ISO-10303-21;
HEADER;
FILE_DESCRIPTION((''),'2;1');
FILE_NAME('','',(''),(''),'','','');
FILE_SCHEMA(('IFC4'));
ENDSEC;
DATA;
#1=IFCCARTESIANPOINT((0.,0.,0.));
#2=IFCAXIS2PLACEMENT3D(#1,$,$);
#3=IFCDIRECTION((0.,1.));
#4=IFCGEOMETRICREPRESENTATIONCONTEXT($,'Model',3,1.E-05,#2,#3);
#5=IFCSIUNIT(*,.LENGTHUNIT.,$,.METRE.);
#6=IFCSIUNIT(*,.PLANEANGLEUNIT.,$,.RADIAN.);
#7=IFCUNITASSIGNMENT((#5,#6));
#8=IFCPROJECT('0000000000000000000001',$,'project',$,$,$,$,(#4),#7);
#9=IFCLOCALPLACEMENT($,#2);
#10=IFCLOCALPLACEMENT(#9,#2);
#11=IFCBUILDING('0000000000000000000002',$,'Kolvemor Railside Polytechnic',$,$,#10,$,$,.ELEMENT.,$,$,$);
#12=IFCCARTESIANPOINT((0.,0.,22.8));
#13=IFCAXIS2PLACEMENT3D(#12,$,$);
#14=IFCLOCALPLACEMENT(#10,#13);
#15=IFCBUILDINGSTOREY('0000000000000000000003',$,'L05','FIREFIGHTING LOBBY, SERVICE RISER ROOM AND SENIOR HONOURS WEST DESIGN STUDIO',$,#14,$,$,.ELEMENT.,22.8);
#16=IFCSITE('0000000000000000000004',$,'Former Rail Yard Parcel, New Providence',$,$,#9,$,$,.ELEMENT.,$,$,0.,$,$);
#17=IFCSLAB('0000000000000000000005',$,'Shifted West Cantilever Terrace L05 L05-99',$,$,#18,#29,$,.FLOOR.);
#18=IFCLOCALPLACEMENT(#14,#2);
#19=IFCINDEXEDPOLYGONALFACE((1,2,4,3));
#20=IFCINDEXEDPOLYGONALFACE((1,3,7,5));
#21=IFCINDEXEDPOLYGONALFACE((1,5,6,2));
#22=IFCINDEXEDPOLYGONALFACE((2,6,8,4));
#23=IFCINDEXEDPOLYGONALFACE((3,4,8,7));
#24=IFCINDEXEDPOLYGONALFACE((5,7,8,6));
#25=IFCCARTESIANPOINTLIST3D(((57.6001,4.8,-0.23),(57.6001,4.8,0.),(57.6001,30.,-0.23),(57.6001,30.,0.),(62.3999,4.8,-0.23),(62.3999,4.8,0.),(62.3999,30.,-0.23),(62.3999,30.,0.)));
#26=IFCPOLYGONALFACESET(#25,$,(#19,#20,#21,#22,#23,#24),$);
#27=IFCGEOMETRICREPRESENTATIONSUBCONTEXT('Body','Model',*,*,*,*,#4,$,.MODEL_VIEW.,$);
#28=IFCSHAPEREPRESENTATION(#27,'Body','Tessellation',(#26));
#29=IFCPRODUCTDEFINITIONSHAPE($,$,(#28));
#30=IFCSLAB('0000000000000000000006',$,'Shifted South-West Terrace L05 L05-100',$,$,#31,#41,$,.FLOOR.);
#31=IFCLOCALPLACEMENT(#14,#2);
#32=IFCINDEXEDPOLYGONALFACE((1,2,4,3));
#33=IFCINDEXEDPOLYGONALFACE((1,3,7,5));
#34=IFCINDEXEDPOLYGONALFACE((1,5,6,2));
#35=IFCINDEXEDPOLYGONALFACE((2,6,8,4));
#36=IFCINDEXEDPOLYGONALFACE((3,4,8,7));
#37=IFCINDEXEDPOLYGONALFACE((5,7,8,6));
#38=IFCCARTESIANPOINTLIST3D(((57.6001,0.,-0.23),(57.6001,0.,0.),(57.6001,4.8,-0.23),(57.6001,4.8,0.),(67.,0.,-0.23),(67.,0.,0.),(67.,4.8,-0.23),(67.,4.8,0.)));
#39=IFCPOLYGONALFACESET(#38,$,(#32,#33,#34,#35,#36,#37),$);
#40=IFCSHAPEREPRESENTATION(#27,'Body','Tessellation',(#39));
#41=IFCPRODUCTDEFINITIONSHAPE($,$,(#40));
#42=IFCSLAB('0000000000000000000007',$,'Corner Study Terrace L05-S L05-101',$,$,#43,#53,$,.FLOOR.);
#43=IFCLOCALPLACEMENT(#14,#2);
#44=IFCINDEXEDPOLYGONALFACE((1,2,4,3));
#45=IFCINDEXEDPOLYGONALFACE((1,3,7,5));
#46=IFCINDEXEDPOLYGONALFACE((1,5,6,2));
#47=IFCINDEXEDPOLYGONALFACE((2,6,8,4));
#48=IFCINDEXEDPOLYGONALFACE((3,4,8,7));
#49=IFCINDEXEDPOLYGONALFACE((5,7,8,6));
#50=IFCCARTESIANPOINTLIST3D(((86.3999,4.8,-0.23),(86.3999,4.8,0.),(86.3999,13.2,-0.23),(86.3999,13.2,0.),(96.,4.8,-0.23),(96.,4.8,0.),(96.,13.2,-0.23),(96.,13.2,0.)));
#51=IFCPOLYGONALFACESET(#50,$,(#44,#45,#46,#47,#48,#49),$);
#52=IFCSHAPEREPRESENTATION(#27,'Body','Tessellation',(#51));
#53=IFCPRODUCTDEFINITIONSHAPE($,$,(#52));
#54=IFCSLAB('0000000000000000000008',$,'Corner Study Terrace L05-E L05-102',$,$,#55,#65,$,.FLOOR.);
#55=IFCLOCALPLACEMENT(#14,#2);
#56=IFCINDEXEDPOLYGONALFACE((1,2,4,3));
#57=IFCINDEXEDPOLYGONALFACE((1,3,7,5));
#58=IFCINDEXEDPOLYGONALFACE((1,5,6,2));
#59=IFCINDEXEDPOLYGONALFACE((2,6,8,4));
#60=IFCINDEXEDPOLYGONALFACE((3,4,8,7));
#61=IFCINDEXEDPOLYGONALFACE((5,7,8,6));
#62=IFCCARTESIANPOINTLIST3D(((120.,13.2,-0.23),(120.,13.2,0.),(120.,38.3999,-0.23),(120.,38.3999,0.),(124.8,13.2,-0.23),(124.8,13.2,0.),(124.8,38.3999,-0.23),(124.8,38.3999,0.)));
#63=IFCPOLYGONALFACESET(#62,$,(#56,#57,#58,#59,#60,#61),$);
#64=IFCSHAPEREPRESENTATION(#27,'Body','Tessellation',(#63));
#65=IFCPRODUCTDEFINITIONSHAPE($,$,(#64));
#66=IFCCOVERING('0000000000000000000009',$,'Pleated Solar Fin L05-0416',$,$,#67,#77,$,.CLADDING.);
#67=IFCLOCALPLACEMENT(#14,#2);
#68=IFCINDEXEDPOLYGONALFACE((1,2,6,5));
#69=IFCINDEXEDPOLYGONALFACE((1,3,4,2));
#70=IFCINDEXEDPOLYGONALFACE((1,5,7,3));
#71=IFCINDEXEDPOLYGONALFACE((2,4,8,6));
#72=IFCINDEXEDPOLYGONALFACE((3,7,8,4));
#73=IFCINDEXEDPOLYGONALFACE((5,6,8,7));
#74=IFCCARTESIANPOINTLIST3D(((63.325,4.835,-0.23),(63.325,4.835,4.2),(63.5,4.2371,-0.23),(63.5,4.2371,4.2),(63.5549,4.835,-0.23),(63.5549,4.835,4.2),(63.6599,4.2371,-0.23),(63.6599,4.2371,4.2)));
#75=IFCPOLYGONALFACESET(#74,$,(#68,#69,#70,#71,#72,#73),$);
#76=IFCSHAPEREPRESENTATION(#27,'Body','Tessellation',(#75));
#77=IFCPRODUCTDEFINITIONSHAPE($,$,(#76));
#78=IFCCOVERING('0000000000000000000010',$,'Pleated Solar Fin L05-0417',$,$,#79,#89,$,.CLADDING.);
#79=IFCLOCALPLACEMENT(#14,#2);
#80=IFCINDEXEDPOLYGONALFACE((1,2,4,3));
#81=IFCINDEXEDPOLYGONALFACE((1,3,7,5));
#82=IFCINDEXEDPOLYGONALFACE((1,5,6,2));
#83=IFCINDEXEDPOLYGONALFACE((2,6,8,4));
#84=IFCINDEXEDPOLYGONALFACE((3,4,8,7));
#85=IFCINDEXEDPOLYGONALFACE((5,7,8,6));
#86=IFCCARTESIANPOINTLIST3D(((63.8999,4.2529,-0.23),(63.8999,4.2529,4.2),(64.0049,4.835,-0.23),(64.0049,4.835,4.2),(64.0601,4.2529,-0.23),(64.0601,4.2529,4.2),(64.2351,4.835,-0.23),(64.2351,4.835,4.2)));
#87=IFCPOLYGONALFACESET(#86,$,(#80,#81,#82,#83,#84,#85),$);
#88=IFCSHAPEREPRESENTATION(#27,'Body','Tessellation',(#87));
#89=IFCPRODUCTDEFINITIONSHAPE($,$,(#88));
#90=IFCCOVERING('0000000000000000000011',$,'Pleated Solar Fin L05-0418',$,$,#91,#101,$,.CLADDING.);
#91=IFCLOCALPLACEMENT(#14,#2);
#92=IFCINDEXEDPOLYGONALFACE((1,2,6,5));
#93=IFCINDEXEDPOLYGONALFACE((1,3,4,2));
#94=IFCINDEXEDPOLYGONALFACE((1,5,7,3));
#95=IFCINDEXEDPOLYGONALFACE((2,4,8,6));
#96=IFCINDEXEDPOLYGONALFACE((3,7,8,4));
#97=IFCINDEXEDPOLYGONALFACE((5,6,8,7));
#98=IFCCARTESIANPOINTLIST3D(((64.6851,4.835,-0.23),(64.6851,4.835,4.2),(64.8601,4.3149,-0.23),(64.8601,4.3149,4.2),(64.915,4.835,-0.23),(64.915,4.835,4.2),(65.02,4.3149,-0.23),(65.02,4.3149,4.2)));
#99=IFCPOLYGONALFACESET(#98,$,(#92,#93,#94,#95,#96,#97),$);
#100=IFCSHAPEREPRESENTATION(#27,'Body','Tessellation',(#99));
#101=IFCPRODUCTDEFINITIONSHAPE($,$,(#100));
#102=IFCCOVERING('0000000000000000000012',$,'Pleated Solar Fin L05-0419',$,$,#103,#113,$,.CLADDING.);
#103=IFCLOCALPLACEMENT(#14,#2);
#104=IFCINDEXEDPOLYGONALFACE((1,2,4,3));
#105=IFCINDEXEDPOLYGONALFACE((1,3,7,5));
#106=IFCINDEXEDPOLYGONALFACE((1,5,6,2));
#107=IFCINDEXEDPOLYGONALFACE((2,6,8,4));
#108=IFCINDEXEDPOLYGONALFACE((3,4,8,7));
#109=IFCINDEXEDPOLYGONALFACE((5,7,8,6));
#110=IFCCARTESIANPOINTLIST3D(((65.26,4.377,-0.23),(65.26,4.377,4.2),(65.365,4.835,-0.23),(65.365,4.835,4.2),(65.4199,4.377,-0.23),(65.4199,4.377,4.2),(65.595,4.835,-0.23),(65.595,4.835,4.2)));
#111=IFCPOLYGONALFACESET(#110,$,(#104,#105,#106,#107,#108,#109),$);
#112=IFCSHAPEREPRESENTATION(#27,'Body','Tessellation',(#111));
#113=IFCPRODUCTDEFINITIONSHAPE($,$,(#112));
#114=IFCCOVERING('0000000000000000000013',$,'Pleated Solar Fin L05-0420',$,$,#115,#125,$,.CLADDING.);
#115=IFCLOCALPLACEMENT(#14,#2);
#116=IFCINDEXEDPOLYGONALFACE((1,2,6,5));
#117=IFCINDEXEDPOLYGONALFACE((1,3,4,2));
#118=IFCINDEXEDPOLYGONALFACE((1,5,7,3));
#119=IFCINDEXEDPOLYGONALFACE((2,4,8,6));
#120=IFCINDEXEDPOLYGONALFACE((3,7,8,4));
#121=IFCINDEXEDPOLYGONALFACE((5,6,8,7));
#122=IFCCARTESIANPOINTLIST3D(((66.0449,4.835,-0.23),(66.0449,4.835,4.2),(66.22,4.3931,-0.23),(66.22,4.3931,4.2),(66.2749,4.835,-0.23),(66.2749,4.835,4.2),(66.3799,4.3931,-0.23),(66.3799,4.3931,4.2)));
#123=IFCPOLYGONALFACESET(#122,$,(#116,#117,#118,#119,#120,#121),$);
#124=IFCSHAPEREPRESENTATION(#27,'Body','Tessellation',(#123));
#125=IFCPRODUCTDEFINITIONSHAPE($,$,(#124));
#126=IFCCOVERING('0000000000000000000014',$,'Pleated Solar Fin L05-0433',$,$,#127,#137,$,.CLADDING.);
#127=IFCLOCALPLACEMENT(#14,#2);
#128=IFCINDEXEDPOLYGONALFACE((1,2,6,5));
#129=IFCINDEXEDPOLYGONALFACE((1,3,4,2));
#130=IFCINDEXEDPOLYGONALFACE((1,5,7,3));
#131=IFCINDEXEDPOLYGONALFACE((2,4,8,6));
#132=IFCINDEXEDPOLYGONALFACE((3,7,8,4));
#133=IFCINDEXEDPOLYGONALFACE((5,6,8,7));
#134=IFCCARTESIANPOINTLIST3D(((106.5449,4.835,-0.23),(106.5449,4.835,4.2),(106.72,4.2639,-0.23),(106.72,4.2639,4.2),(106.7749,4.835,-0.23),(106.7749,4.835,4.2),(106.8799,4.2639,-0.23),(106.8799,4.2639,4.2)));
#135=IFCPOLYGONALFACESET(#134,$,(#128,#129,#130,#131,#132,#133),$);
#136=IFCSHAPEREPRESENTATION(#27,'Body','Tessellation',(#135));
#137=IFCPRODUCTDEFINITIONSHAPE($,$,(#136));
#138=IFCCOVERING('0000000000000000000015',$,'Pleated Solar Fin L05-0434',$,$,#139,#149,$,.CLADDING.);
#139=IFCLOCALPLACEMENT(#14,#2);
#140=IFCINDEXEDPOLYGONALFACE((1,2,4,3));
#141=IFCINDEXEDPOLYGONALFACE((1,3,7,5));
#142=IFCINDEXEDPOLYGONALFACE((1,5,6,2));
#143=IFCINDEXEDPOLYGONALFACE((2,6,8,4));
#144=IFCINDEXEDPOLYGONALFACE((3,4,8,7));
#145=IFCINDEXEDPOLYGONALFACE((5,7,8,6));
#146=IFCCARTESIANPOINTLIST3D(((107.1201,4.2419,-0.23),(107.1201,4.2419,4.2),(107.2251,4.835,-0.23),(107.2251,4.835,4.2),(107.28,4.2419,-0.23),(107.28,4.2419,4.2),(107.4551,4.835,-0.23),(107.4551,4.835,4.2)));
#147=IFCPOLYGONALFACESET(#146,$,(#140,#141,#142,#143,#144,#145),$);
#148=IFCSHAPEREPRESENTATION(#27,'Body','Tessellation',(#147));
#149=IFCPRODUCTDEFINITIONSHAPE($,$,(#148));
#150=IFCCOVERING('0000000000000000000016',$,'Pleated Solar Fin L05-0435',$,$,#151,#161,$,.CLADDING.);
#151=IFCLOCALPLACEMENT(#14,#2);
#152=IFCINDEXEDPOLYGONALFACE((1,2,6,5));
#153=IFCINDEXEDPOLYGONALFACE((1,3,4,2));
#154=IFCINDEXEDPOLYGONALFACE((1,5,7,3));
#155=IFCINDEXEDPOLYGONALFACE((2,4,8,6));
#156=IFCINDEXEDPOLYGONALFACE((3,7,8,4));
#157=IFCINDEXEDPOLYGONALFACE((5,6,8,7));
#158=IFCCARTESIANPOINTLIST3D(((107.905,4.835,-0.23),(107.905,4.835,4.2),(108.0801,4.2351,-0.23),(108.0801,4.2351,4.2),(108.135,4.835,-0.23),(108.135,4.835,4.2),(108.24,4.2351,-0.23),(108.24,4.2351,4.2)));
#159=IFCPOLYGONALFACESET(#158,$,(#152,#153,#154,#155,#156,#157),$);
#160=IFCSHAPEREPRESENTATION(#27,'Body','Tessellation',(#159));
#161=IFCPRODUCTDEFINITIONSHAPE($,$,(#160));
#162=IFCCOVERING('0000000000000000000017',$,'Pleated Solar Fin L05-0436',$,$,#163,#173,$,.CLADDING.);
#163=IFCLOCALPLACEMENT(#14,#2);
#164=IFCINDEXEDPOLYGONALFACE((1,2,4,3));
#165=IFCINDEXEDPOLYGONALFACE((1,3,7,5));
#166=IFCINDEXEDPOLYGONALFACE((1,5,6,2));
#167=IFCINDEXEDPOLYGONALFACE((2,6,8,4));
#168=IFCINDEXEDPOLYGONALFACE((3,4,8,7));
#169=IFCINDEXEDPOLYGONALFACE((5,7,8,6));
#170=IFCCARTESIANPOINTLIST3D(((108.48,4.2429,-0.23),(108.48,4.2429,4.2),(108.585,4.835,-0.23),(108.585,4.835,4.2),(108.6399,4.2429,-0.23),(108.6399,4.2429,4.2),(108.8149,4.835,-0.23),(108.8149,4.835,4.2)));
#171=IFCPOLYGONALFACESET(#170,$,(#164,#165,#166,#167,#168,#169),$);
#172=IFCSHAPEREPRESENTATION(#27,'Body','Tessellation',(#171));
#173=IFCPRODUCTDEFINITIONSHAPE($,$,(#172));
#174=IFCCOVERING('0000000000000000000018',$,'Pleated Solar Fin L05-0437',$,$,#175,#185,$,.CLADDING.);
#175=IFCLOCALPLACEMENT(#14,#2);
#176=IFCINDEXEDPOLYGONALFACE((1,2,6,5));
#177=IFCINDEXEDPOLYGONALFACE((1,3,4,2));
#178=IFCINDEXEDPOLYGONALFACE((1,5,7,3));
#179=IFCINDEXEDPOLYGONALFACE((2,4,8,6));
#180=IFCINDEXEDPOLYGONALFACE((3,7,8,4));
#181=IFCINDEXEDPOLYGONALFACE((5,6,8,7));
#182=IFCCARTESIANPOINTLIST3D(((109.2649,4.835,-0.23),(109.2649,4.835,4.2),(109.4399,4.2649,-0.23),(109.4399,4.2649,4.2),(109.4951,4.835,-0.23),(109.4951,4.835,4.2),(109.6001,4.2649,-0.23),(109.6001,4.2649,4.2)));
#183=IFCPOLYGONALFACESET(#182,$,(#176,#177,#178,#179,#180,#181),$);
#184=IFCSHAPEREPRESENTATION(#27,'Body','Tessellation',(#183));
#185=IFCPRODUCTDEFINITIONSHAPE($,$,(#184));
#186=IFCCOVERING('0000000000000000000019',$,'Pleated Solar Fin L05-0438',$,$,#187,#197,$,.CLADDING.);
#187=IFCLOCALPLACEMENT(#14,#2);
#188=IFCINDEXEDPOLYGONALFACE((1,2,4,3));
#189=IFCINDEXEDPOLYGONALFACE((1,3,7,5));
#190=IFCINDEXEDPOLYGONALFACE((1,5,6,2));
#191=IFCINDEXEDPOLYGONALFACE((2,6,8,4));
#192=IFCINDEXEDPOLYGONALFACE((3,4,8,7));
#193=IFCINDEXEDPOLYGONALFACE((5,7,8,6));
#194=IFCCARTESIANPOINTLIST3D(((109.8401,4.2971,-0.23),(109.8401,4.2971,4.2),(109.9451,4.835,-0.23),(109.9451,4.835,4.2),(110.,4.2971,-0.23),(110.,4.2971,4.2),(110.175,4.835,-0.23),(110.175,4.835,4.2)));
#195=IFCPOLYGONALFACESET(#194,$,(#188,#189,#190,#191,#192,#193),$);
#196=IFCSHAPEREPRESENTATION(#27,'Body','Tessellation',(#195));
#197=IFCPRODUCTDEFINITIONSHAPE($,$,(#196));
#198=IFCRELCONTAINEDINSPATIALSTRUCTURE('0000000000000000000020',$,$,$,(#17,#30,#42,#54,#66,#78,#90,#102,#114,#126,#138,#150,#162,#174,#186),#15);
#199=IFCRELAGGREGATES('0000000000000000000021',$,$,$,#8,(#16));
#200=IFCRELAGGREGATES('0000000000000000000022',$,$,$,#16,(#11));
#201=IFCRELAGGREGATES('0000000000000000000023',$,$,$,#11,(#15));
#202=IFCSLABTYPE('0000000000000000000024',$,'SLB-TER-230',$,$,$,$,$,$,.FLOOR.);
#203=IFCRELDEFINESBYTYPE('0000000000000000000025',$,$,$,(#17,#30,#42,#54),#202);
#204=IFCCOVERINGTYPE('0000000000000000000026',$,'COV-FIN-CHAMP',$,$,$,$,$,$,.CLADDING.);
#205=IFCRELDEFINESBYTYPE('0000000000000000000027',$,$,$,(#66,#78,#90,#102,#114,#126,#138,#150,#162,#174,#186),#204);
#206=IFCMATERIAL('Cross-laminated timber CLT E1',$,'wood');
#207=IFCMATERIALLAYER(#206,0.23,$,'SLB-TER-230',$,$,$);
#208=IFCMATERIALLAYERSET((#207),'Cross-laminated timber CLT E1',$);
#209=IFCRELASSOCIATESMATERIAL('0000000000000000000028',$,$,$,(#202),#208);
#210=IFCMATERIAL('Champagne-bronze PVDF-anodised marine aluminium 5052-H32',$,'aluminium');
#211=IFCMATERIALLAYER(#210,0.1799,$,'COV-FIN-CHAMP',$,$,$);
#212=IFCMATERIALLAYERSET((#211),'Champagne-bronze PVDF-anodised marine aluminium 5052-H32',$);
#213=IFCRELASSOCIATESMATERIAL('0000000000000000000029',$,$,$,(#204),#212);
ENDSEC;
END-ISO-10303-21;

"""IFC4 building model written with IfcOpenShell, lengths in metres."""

from ifc_helpers import new_model, si_unit, direction, frame, origin, place, context, subcontext, project, spatial, polyline, outline, extrude, material, layer, layer_set, type_object, element, save


model = new_model("IFC4")

# Units and contexts
model_context = context("Model", 3, precision=1e-05, world=origin(), true_north=direction((0.0, 1.0)))
body_context = subcontext(model_context, "Body", "Model", "MODEL_VIEW")
ifc_project = project(units=[si_unit("LENGTHUNIT", "METRE"), si_unit("PLANEANGLEUNIT", "RADIAN")], contexts=[model_context])

# Site, building, storey
site_placement = place(None, origin())
site = spatial("IfcSite", under=ifc_project, at=site_placement, Name="Former Rail Yard Parcel, New Providence", CompositionType="ELEMENT", RefElevation=0.0)
building_placement = place(site_placement, origin())
building = spatial("IfcBuilding", under=site, at=building_placement, Name="Kolvemor Railside Polytechnic", CompositionType="ELEMENT")
storey_placement = place(building_placement, frame((0.0, 0.0, 22.8)))
storey = spatial("IfcBuildingStorey", under=building, at=storey_placement, Name="L05", Description="FIREFIGHTING LOBBY, SERVICE RISER ROOM AND SENIOR HONOURS WEST DESIGN STUDIO", CompositionType="ELEMENT", Elevation=22.8)

# Slabs
ifc_material_1 = material(Name="Cross-laminated timber CLT E1", Category="wood")
ifc_layer_1 = layer(ifc_material_1, 0.23, Name="SLB-TER-230")
ifc_layer_set_1 = layer_set([ifc_layer_1], Name="Cross-laminated timber CLT E1")
slab_type = type_object("IfcSlabType", Name="SLB-TER-230", PredefinedType="FLOOR", material=ifc_layer_set_1)
slab_1_placement = place(storey_placement, frame((0.0, 0.0, -0.23)))
element("IfcSlab", 1, at=slab_1_placement, inside=storey, type_object=slab_type, Name="Shifted West Cantilever Terrace L05 L05-99", PredefinedType="FLOOR", context=body_context, shape_type="SweptSolid", body=[
    extrude(outline(polyline([(57.6001, 4.8), (62.3999, 4.8), (62.3999, 30.0), (57.6001, 30.0), (57.6001, 4.8)])), origin(), (0.0, 0.0, 1.0), 0.23),
])
slab_2_placement = place(storey_placement, frame((0.0, 0.0, -0.23)))
element("IfcSlab", 2, at=slab_2_placement, inside=storey, type_object=slab_type, Name="Shifted South-West Terrace L05 L05-100", PredefinedType="FLOOR", context=body_context, shape_type="SweptSolid", body=[
    extrude(outline(polyline([(57.6001, 0.0), (67.0, 0.0), (67.0, 4.8), (57.6001, 4.8), (57.6001, 0.0)])), origin(), (0.0, 0.0, 1.0), 0.23),
])
slab_3_placement = place(storey_placement, frame((0.0, 0.0, -0.23)))
element("IfcSlab", 3, at=slab_3_placement, inside=storey, type_object=slab_type, Name="Corner Study Terrace L05-S L05-101", PredefinedType="FLOOR", context=body_context, shape_type="SweptSolid", body=[
    extrude(outline(polyline([(86.3999, 4.8), (96.0, 4.8), (96.0, 13.2), (86.3999, 13.2), (86.3999, 4.8)])), origin(), (0.0, 0.0, 1.0), 0.23),
])
slab_4_placement = place(storey_placement, frame((0.0, 0.0, -0.23)))
element("IfcSlab", 4, at=slab_4_placement, inside=storey, type_object=slab_type, Name="Corner Study Terrace L05-E L05-102", PredefinedType="FLOOR", context=body_context, shape_type="SweptSolid", body=[
    extrude(outline(polyline([(120.0, 13.2), (124.8, 13.2), (124.8, 38.3999), (120.0, 38.3999), (120.0, 13.2)])), origin(), (0.0, 0.0, 1.0), 0.23),
])

# Coverings
ifc_material_2 = material(Name="Champagne-bronze PVDF-anodised marine aluminium 5052-H32", Category="aluminium")
ifc_layer_2 = layer(ifc_material_2, 0.1799, Name="COV-FIN-CHAMP")
ifc_layer_set_2 = layer_set([ifc_layer_2], Name="Champagne-bronze PVDF-anodised marine aluminium 5052-H32")
covering_type_1 = type_object("IfcCoveringType", Name="COV-FIN-CHAMP", PredefinedType="CLADDING", material=ifc_layer_set_2)
covering_1_placement = place(storey_placement, frame((0.0, 0.0, -0.23)))
element("IfcCovering", 5, at=covering_1_placement, inside=storey, type_object=covering_type_1, Name="Pleated Solar Fin L05-0416", PredefinedType="CLADDING", context=body_context, shape_type="SweptSolid", body=[
    extrude(outline(polyline([(63.325, 4.835), (63.5549, 4.835), (63.6599, 4.2371), (63.5, 4.2371), (63.325, 4.835)])), origin(), (0.0, 0.0, 1.0), 4.4299),
])
covering_2_placement = place(storey_placement, frame((0.0, 0.0, -0.23)))
element("IfcCovering", 6, at=covering_2_placement, inside=storey, type_object=covering_type_1, Name="Pleated Solar Fin L05-0417", PredefinedType="CLADDING", context=body_context, shape_type="SweptSolid", body=[
    extrude(outline(polyline([(64.0049, 4.835), (64.2351, 4.835), (64.0601, 4.2529), (63.8999, 4.2529), (64.0049, 4.835)])), origin(), (0.0, 0.0, 1.0), 4.4299),
])
covering_3_placement = place(storey_placement, frame((0.0, 0.0, -0.23)))
element("IfcCovering", 7, at=covering_3_placement, inside=storey, type_object=covering_type_1, Name="Pleated Solar Fin L05-0418", PredefinedType="CLADDING", context=body_context, shape_type="SweptSolid", body=[
    extrude(outline(polyline([(64.6851, 4.835), (64.915, 4.835), (65.02, 4.3149), (64.8601, 4.3149), (64.6851, 4.835)])), origin(), (0.0, 0.0, 1.0), 4.4299),
])
covering_4_placement = place(storey_placement, frame((0.0, 0.0, -0.23)))
element("IfcCovering", 8, at=covering_4_placement, inside=storey, type_object=covering_type_1, Name="Pleated Solar Fin L05-0419", PredefinedType="CLADDING", context=body_context, shape_type="SweptSolid", body=[
    extrude(outline(polyline([(65.365, 4.835), (65.595, 4.835), (65.4199, 4.377), (65.26, 4.377), (65.365, 4.835)])), origin(), (0.0, 0.0, 1.0), 4.4299),
])
covering_5_placement = place(storey_placement, frame((0.0, 0.0, -0.23)))
element("IfcCovering", 9, at=covering_5_placement, inside=storey, type_object=covering_type_1, Name="Pleated Solar Fin L05-0420", PredefinedType="CLADDING", context=body_context, shape_type="SweptSolid", body=[
    extrude(outline(polyline([(66.0449, 4.835), (66.2749, 4.835), (66.3799, 4.3931), (66.22, 4.3931), (66.0449, 4.835)])), origin(), (0.0, 0.0, 1.0), 4.4299),
])
covering_6_placement = place(storey_placement, frame((0.0, 0.0, -0.23)))
element("IfcCovering", 10, at=covering_6_placement, inside=storey, type_object=covering_type_1, Name="Pleated Solar Fin L05-0433", PredefinedType="CLADDING", context=body_context, shape_type="SweptSolid", body=[
    extrude(outline(polyline([(106.5449, 4.835), (106.7749, 4.835), (106.8799, 4.2639), (106.72, 4.2639), (106.5449, 4.835)])), origin(), (0.0, 0.0, 1.0), 4.4299),
])
covering_7_placement = place(storey_placement, frame((0.0, 0.0, -0.23)))
element("IfcCovering", 11, at=covering_7_placement, inside=storey, type_object=covering_type_1, Name="Pleated Solar Fin L05-0434", PredefinedType="CLADDING", context=body_context, shape_type="SweptSolid", body=[
    extrude(outline(polyline([(107.2251, 4.835), (107.4551, 4.835), (107.28, 4.2419), (107.1201, 4.2419), (107.2251, 4.835)])), origin(), (0.0, 0.0, 1.0), 4.4299),
])
covering_8_placement = place(storey_placement, frame((0.0, 0.0, -0.23)))
element("IfcCovering", 12, at=covering_8_placement, inside=storey, type_object=covering_type_1, Name="Pleated Solar Fin L05-0435", PredefinedType="CLADDING", context=body_context, shape_type="SweptSolid", body=[
    extrude(outline(polyline([(107.905, 4.835), (108.135, 4.835), (108.24, 4.2351), (108.0801, 4.2351), (107.905, 4.835)])), origin(), (0.0, 0.0, 1.0), 4.4299),
])
covering_9_placement = place(storey_placement, frame((0.0, 0.0, -0.23)))
element("IfcCovering", 13, at=covering_9_placement, inside=storey, type_object=covering_type_1, Name="Pleated Solar Fin L05-0436", PredefinedType="CLADDING", context=body_context, shape_type="SweptSolid", body=[
    extrude(outline(polyline([(108.585, 4.835), (108.8149, 4.835), (108.6399, 4.2429), (108.48, 4.2429), (108.585, 4.835)])), origin(), (0.0, 0.0, 1.0), 4.4299),
])
covering_10_placement = place(storey_placement, frame((0.0, 0.0, -0.23)))
element("IfcCovering", 14, at=covering_10_placement, inside=storey, type_object=covering_type_1, Name="Pleated Solar Fin L05-0437", PredefinedType="CLADDING", context=body_context, shape_type="SweptSolid", body=[
    extrude(outline(polyline([(109.2649, 4.835), (109.4951, 4.835), (109.6001, 4.2649), (109.4399, 4.2649), (109.2649, 4.835)])), origin(), (0.0, 0.0, 1.0), 4.4299),
])
covering_11_placement = place(storey_placement, frame((0.0, 0.0, -0.23)))
element("IfcCovering", 15, at=covering_11_placement, inside=storey, type_object=covering_type_1, Name="Pleated Solar Fin L05-0438", PredefinedType="CLADDING", context=body_context, shape_type="SweptSolid", body=[
    extrude(outline(polyline([(109.9451, 4.835), (110.175, 4.835), (110.0, 4.2971), (109.8401, 4.2971), (109.9451, 4.835)])), origin(), (0.0, 0.0, 1.0), 4.4299),
])

save(model, "model.ifc")
